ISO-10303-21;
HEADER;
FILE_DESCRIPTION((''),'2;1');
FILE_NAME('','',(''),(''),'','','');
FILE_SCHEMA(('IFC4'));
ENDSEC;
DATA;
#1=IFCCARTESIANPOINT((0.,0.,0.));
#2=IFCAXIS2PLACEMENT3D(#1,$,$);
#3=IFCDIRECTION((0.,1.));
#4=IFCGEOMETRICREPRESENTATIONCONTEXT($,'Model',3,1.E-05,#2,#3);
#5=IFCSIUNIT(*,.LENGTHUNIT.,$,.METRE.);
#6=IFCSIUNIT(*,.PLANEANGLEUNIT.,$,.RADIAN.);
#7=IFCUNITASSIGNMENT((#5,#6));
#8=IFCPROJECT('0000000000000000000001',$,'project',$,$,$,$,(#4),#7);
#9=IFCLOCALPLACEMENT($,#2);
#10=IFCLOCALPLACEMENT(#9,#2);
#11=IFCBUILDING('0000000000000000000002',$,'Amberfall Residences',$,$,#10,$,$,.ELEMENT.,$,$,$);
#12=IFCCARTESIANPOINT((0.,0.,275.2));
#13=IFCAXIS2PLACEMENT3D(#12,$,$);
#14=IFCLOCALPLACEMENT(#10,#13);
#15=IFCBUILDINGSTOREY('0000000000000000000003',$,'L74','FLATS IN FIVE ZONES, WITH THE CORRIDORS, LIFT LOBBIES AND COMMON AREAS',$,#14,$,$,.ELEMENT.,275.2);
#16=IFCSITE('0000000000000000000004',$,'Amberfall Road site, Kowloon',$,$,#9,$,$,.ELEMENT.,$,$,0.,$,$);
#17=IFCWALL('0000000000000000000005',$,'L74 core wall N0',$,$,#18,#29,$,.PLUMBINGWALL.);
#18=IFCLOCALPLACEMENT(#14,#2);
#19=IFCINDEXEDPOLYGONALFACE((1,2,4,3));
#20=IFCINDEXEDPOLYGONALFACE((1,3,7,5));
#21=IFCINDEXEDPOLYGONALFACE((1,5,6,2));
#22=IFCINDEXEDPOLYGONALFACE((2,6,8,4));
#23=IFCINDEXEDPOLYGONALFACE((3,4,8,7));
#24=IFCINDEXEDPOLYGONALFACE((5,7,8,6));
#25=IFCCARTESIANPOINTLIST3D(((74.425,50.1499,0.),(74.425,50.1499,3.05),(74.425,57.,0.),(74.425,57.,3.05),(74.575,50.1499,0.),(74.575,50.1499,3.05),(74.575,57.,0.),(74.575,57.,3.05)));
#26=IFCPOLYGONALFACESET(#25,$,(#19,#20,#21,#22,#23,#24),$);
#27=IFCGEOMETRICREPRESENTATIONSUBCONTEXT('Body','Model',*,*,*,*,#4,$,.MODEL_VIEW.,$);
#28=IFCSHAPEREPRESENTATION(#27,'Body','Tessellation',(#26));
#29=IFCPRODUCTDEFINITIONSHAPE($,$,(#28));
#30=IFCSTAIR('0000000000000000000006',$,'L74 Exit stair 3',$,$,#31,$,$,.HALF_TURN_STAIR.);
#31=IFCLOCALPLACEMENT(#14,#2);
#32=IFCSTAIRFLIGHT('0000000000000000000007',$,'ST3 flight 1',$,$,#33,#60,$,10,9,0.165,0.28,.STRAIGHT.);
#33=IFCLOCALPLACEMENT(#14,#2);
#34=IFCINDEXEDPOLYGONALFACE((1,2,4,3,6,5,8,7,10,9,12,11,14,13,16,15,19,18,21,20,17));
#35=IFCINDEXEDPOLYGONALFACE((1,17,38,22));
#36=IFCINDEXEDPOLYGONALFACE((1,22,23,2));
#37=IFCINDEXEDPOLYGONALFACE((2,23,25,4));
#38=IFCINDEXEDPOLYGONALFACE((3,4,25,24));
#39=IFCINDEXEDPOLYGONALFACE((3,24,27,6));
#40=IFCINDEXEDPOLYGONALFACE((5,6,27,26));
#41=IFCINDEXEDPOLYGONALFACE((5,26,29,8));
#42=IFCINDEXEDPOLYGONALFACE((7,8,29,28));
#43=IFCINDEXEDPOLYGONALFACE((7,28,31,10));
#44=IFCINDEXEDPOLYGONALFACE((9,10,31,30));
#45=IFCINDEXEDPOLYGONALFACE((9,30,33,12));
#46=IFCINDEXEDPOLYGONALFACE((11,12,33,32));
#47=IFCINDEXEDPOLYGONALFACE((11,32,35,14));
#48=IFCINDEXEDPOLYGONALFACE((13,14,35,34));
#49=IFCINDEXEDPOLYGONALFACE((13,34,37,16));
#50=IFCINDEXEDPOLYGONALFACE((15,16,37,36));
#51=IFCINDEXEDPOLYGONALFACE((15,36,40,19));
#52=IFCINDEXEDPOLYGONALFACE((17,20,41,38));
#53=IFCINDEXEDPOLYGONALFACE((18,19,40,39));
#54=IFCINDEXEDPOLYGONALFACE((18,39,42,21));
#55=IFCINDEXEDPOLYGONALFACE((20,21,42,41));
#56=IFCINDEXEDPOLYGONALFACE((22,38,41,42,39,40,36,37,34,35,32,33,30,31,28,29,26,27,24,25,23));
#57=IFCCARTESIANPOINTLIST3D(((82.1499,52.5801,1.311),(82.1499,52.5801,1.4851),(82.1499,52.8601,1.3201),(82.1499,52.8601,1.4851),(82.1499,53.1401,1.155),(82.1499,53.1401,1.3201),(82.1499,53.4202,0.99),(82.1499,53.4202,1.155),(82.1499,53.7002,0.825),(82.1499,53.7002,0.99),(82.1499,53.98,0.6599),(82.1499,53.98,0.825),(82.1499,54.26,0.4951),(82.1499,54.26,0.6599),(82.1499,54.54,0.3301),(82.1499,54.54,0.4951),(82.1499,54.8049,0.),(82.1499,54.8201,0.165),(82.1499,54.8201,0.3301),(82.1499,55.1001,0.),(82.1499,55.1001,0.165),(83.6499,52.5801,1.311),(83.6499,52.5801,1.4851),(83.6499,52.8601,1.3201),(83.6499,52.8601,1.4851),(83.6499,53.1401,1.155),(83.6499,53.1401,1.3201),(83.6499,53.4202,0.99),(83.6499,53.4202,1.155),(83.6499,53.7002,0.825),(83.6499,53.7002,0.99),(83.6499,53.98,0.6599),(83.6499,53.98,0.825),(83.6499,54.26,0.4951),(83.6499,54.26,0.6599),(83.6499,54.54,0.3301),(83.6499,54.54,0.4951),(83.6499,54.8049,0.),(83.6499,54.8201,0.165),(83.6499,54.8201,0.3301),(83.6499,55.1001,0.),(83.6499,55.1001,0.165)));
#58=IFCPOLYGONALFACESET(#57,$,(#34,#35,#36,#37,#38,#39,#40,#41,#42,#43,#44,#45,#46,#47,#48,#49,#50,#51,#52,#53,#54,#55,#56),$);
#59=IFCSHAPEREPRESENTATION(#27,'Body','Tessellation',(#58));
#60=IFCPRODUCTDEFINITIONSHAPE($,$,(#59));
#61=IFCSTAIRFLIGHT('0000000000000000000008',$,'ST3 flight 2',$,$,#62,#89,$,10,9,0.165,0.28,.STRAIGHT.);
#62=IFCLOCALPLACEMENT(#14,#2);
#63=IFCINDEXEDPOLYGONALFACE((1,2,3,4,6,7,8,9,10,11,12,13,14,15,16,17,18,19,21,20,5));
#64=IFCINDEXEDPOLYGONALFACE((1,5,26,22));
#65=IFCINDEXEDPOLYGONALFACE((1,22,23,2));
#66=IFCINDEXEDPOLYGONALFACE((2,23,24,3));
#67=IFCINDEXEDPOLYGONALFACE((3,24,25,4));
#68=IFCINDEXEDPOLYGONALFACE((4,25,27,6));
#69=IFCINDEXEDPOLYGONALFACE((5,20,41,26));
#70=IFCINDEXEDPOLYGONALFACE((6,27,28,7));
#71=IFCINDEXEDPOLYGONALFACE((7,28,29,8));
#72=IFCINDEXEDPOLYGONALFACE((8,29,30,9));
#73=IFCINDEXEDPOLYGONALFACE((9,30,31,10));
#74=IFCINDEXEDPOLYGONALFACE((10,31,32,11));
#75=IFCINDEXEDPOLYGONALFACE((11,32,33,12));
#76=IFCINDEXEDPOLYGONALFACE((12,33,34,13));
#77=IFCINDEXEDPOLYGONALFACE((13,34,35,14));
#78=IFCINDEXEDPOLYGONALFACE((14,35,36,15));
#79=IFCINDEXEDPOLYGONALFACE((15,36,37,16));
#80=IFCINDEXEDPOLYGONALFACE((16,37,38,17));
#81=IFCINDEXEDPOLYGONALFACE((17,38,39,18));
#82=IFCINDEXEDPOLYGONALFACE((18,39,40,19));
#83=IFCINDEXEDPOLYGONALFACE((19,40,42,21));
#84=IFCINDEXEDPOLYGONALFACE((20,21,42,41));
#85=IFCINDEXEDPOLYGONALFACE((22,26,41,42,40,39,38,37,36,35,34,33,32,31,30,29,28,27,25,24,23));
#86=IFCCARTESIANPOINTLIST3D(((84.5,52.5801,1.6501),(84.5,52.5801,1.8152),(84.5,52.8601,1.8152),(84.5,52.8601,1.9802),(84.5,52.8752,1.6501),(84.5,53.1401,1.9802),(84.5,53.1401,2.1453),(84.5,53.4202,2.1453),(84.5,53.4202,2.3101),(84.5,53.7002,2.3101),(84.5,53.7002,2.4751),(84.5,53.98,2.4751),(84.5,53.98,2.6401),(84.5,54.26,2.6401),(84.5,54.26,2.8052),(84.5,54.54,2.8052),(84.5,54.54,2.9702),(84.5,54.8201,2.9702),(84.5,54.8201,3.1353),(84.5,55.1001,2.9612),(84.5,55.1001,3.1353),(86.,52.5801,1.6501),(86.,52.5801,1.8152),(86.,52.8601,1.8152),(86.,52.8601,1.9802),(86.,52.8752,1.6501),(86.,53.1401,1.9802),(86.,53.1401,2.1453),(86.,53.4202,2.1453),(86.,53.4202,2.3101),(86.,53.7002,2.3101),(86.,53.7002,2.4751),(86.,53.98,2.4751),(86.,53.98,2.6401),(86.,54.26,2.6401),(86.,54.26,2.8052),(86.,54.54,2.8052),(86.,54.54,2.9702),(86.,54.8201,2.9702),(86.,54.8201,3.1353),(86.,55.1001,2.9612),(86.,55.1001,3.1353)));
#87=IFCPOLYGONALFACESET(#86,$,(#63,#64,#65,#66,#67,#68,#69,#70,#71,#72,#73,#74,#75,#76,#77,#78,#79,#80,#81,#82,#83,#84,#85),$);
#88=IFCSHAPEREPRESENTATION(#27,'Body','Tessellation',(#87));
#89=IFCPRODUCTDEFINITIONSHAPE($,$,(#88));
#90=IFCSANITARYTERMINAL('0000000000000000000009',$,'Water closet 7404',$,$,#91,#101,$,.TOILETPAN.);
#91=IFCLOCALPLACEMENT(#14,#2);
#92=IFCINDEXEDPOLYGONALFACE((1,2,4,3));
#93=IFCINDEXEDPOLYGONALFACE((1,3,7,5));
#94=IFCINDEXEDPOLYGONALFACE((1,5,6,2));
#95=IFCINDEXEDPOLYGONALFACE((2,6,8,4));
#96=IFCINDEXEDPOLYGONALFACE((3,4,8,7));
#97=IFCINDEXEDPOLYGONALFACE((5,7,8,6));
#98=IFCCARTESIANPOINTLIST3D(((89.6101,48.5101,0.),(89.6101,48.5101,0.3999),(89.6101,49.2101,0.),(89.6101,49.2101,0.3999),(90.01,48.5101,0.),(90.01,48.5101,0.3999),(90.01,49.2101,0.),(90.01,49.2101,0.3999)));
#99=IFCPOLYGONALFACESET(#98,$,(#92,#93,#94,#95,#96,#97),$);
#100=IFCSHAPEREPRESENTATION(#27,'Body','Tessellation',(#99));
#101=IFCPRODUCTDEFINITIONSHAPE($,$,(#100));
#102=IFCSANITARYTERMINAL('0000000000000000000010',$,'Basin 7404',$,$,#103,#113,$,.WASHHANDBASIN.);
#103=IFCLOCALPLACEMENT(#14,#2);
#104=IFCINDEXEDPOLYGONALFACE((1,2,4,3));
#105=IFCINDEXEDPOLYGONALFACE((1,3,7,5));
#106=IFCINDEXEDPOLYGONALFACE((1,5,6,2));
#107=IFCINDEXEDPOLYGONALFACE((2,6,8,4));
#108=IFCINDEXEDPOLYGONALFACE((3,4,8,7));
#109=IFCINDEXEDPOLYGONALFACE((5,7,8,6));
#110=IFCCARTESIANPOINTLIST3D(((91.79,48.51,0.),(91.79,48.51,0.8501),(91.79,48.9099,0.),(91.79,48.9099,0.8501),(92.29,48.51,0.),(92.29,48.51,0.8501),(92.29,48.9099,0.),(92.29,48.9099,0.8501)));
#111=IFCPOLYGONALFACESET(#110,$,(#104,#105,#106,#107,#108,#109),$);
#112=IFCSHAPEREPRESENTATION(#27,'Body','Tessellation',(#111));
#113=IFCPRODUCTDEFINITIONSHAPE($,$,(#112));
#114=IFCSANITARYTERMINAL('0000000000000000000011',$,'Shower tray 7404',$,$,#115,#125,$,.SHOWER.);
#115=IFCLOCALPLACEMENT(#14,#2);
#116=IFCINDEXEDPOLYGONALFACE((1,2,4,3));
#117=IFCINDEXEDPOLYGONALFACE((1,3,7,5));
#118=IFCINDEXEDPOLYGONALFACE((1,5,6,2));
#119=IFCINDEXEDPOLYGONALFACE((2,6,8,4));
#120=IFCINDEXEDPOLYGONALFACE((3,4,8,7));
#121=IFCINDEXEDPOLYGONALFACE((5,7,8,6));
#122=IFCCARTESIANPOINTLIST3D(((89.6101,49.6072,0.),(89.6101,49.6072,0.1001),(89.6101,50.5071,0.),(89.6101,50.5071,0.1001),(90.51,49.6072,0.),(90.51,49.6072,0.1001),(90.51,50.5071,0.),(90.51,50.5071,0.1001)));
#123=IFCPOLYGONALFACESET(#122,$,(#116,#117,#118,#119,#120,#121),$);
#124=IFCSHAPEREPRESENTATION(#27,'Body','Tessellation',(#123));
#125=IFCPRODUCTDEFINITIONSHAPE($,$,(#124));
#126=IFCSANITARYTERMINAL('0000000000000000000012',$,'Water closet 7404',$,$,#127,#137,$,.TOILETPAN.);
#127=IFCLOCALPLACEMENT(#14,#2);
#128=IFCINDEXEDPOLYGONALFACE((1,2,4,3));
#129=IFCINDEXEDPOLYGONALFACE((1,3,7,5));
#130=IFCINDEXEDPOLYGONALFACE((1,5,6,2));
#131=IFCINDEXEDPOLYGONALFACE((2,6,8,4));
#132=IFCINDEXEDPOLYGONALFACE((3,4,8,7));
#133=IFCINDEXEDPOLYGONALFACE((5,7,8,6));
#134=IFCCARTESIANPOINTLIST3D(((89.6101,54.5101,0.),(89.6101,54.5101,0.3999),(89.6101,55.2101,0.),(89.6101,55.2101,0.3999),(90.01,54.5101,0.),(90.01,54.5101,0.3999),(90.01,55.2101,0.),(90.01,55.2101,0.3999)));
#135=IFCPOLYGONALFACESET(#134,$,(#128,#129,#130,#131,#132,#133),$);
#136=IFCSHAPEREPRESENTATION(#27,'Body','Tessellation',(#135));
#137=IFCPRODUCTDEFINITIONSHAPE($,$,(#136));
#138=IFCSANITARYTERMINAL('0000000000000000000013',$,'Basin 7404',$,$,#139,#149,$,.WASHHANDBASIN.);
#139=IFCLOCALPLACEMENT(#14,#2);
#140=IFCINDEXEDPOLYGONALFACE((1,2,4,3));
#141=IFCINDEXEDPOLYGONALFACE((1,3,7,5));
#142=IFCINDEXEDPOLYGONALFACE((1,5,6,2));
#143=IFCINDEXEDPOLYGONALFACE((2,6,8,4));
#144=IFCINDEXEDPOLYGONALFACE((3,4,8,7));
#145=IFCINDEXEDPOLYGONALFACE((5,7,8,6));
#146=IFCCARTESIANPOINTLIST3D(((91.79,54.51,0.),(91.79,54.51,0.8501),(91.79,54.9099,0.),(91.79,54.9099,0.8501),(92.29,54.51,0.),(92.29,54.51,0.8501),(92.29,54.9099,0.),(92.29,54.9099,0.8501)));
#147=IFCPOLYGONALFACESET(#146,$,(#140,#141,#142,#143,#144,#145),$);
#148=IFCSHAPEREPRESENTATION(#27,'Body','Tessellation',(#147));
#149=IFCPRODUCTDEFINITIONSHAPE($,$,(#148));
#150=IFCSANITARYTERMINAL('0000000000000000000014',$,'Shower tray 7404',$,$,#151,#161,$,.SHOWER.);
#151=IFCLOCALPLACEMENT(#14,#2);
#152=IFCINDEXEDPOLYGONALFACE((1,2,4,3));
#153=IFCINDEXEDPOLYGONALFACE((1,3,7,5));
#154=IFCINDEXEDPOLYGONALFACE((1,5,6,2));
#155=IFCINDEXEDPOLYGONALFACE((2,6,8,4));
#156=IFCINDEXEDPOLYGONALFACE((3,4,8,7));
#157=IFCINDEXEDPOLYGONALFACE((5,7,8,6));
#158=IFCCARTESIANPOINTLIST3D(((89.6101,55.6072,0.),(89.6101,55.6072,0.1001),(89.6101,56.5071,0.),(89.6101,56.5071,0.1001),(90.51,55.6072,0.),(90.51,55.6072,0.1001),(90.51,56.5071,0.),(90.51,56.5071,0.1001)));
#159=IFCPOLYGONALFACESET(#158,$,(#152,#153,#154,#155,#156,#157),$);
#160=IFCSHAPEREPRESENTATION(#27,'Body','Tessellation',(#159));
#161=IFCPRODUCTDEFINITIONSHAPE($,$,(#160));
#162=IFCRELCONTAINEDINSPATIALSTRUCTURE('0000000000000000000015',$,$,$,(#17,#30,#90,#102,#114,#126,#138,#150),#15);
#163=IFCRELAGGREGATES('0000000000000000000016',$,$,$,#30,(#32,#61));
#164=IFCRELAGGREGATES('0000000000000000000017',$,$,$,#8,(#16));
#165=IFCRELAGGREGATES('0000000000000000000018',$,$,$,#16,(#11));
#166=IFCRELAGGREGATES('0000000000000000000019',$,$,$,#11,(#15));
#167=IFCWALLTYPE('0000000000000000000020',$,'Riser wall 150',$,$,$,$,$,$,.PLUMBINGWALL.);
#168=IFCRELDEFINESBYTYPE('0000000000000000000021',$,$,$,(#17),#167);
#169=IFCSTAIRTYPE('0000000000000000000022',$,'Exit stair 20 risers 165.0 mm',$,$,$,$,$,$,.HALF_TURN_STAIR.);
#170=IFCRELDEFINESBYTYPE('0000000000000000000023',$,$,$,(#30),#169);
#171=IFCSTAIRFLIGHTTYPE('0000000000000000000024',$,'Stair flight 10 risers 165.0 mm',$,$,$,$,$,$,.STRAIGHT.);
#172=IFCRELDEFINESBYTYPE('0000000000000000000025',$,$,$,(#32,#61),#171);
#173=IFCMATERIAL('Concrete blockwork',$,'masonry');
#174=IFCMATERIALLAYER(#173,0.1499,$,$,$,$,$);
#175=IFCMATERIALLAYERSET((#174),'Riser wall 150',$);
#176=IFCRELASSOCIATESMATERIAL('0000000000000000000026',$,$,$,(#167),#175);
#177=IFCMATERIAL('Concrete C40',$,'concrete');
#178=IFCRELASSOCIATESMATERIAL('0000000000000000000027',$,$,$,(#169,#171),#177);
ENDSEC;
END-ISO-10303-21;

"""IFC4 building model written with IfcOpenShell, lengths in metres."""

from ifc_helpers import new_model, si_unit, direction, frame, frame_2d, origin, origin_2d, place, context, subcontext, project, spatial, polyline, rectangle, outline, extrude, material, layer, layer_set, type_object, element, aggregate, save


model = new_model("IFC4")

# Units and contexts
model_context = context("Model", 3, precision=1e-05, world=origin(), true_north=direction((0.0, 1.0)))
body_context = subcontext(model_context, "Body", "Model", "MODEL_VIEW")
ifc_project = project(units=[si_unit("LENGTHUNIT", "METRE"), si_unit("PLANEANGLEUNIT", "RADIAN")], contexts=[model_context])

# Site, building, storey
site_placement = place(None, origin())
site = spatial("IfcSite", under=ifc_project, at=site_placement, Name="Amberfall Road site, Kowloon", CompositionType="ELEMENT", RefElevation=0.0)
building_placement = place(site_placement, origin())
building = spatial("IfcBuilding", under=site, at=building_placement, Name="Amberfall Residences", CompositionType="ELEMENT")
storey_placement = place(building_placement, frame((0.0, 0.0, 275.2)))
storey = spatial("IfcBuildingStorey", under=building, at=storey_placement, Name="L74", Description="FLATS IN FIVE ZONES, WITH THE CORRIDORS, LIFT LOBBIES AND COMMON AREAS", CompositionType="ELEMENT", Elevation=275.2)

# Wall
ifc_material_1 = material(Name="Concrete blockwork", Category="masonry")
ifc_layer_1 = layer(ifc_material_1, 0.1499)
ifc_layer_set_1 = layer_set([ifc_layer_1], Name="Riser wall 150")
wall_type_1 = type_object("IfcWallType", Name="Riser wall 150", PredefinedType="PLUMBINGWALL", material=ifc_layer_set_1)
wall_1_placement = place(storey_placement, frame((74.5, 50.1499, 0.0), z_axis=(0.0, 0.0, 1.0), x_axis=(0.0, 1.0, 0.0)))
element("IfcWall", 1, at=wall_1_placement, inside=storey, type_object=wall_type_1, Name="L74 core wall N0", PredefinedType="PLUMBINGWALL", context=body_context, shape_type="SweptSolid", body=[
    extrude(rectangle(XDim=6.8501, YDim=0.1499, at=frame_2d((3.425, 0.0))), origin(), (0.0, 0.0, 1.0), 3.05),
])

# Stair, stair flights
ifc_material_2 = material(Name="Concrete C40", Category="concrete")
stair_type = type_object("IfcStairType", Name="Exit stair 20 risers 165.0 mm", PredefinedType="HALF_TURN_STAIR", material=ifc_material_2)
stair_placement = place(storey_placement, origin())
stair = element("IfcStair", 2, at=stair_placement, inside=storey, type_object=stair_type, Name="L74 Exit stair 3", PredefinedType="HALF_TURN_STAIR")
stair_flight_type = type_object("IfcStairFlightType", Name="Stair flight 10 risers 165.0 mm", PredefinedType="STRAIGHT", material=ifc_material_2)
stair_flight_1_placement = place(storey_placement, frame((82.8999, 55.1001, 0.0), z_axis=(0.0, 0.0, 1.0), x_axis=(0.0, -1.0, 0.0)))
stair_flight_1 = element("IfcStairFlight", 3, at=stair_flight_1_placement, type_object=stair_flight_type, Name="ST3 flight 1", NumberOfRisers=10, NumberOfTreads=9, PredefinedType="STRAIGHT", RiserHeight=0.165, TreadLength=0.28, context=body_context, shape_type="SweptSolid", body=[
    extrude(outline(polyline([(0.0, 0.0), (0.0, 0.165), (0.28, 0.165), (0.28, 0.3301), (0.5601, 0.3301), (0.5601, 0.4951), (0.8401, 0.4951), (0.8401, 0.6599), (1.1201, 0.6599), (1.1201, 0.825), (1.3999, 0.825), (1.3999, 0.99), (1.6799, 0.99), (1.6799, 1.155), (1.96, 1.155), (1.96, 1.3201), (2.24, 1.3201), (2.24, 1.4851), (2.52, 1.4851), (2.52, 1.6499), (2.52, 1.311), (0.2952, 0.0), (0.0, 0.0)])), frame((0.0, 0.75, 0.0), z_axis=(0.0, -1.0, 0.0), x_axis=(1.0, 0.0, 0.0)), (0.0, 0.0, 1.0), 1.5),
])
stair_flight_2_placement = place(storey_placement, frame((85.25, 52.5801, 1.6501), z_axis=(0.0, 0.0, 1.0), x_axis=(0.0, 1.0, 0.0)))
stair_flight_2 = element("IfcStairFlight", 4, at=stair_flight_2_placement, type_object=stair_flight_type, Name="ST3 flight 2", NumberOfRisers=10, NumberOfTreads=9, PredefinedType="STRAIGHT", RiserHeight=0.165, TreadLength=0.28, context=body_context, shape_type="SweptSolid", body=[
    extrude(outline(polyline([(0.0, 0.0), (0.0, 0.165), (0.28, 0.165), (0.28, 0.3301), (0.5601, 0.3301), (0.5601, 0.4951), (0.8401, 0.4951), (0.8401, 0.6599), (1.1201, 0.6599), (1.1201, 0.825), (1.3999, 0.825), (1.3999, 0.99), (1.6799, 0.99), (1.6799, 1.155), (1.96, 1.155), (1.96, 1.3201), (2.24, 1.3201), (2.24, 1.4851), (2.52, 1.4851), (2.52, 1.6499), (2.52, 1.311), (0.2952, 0.0), (0.0, 0.0)])), frame((0.0, 0.75, 0.0), z_axis=(0.0, -1.0, 0.0), x_axis=(1.0, 0.0, 0.0)), (0.0, 0.0, 1.0), 1.5),
])
aggregate(stair, [stair_flight_1, stair_flight_2])

# Sanitary terminals
sanitary_terminal_1_placement = place(storey_placement, frame((89.8101, 48.8601, 0.0), z_axis=(0.0, 0.0, 1.0), x_axis=(1.0, 0.0, 0.0)))
element("IfcSanitaryTerminal", 5, at=sanitary_terminal_1_placement, inside=storey, Name="Water closet 7404", PredefinedType="TOILETPAN", context=body_context, shape_type="SweptSolid", body=[
    extrude(rectangle(XDim=0.3999, YDim=0.7, at=origin_2d()), origin(), (0.0, 0.0, 1.0), 0.3999),
])
sanitary_terminal_2_placement = place(storey_placement, frame((92.04, 48.71, 0.0), z_axis=(0.0, 0.0, 1.0), x_axis=(1.0, 0.0, 0.0)))
element("IfcSanitaryTerminal", 6, at=sanitary_terminal_2_placement, inside=storey, Name="Basin 7404", PredefinedType="WASHHANDBASIN", context=body_context, shape_type="SweptSolid", body=[
    extrude(rectangle(XDim=0.5, YDim=0.3999, at=origin_2d()), origin(), (0.0, 0.0, 1.0), 0.8501),
])
sanitary_terminal_3_placement = place(storey_placement, frame((90.0601, 50.0571, 0.0), z_axis=(0.0, 0.0, 1.0), x_axis=(1.0, 0.0, 0.0)))
element("IfcSanitaryTerminal", 7, at=sanitary_terminal_3_placement, inside=storey, Name="Shower tray 7404", PredefinedType="SHOWER", context=body_context, shape_type="SweptSolid", body=[
    extrude(rectangle(XDim=0.8999, YDim=0.8999, at=origin_2d()), origin(), (0.0, 0.0, 1.0), 0.1001),
])
sanitary_terminal_4_placement = place(storey_placement, frame((89.8101, 54.8601, 0.0), z_axis=(0.0, 0.0, 1.0), x_axis=(1.0, 0.0, 0.0)))
element("IfcSanitaryTerminal", 8, at=sanitary_terminal_4_placement, inside=storey, Name="Water closet 7404", PredefinedType="TOILETPAN", context=body_context, shape_type="SweptSolid", body=[
    extrude(rectangle(XDim=0.3999, YDim=0.7, at=origin_2d()), origin(), (0.0, 0.0, 1.0), 0.3999),
])
sanitary_terminal_5_placement = place(storey_placement, frame((92.04, 54.71, 0.0), z_axis=(0.0, 0.0, 1.0), x_axis=(1.0, 0.0, 0.0)))
element("IfcSanitaryTerminal", 9, at=sanitary_terminal_5_placement, inside=storey, Name="Basin 7404", PredefinedType="WASHHANDBASIN", context=body_context, shape_type="SweptSolid", body=[
    extrude(rectangle(XDim=0.5, YDim=0.3999, at=origin_2d()), origin(), (0.0, 0.0, 1.0), 0.8501),
])
sanitary_terminal_6_placement = place(storey_placement, frame((90.0601, 56.0571, 0.0), z_axis=(0.0, 0.0, 1.0), x_axis=(1.0, 0.0, 0.0)))
element("IfcSanitaryTerminal", 10, at=sanitary_terminal_6_placement, inside=storey, Name="Shower tray 7404", PredefinedType="SHOWER", context=body_context, shape_type="SweptSolid", body=[
    extrude(rectangle(XDim=0.8999, YDim=0.8999, at=origin_2d()), origin(), (0.0, 0.0, 1.0), 0.1001),
])

save(model, "model.ifc")
